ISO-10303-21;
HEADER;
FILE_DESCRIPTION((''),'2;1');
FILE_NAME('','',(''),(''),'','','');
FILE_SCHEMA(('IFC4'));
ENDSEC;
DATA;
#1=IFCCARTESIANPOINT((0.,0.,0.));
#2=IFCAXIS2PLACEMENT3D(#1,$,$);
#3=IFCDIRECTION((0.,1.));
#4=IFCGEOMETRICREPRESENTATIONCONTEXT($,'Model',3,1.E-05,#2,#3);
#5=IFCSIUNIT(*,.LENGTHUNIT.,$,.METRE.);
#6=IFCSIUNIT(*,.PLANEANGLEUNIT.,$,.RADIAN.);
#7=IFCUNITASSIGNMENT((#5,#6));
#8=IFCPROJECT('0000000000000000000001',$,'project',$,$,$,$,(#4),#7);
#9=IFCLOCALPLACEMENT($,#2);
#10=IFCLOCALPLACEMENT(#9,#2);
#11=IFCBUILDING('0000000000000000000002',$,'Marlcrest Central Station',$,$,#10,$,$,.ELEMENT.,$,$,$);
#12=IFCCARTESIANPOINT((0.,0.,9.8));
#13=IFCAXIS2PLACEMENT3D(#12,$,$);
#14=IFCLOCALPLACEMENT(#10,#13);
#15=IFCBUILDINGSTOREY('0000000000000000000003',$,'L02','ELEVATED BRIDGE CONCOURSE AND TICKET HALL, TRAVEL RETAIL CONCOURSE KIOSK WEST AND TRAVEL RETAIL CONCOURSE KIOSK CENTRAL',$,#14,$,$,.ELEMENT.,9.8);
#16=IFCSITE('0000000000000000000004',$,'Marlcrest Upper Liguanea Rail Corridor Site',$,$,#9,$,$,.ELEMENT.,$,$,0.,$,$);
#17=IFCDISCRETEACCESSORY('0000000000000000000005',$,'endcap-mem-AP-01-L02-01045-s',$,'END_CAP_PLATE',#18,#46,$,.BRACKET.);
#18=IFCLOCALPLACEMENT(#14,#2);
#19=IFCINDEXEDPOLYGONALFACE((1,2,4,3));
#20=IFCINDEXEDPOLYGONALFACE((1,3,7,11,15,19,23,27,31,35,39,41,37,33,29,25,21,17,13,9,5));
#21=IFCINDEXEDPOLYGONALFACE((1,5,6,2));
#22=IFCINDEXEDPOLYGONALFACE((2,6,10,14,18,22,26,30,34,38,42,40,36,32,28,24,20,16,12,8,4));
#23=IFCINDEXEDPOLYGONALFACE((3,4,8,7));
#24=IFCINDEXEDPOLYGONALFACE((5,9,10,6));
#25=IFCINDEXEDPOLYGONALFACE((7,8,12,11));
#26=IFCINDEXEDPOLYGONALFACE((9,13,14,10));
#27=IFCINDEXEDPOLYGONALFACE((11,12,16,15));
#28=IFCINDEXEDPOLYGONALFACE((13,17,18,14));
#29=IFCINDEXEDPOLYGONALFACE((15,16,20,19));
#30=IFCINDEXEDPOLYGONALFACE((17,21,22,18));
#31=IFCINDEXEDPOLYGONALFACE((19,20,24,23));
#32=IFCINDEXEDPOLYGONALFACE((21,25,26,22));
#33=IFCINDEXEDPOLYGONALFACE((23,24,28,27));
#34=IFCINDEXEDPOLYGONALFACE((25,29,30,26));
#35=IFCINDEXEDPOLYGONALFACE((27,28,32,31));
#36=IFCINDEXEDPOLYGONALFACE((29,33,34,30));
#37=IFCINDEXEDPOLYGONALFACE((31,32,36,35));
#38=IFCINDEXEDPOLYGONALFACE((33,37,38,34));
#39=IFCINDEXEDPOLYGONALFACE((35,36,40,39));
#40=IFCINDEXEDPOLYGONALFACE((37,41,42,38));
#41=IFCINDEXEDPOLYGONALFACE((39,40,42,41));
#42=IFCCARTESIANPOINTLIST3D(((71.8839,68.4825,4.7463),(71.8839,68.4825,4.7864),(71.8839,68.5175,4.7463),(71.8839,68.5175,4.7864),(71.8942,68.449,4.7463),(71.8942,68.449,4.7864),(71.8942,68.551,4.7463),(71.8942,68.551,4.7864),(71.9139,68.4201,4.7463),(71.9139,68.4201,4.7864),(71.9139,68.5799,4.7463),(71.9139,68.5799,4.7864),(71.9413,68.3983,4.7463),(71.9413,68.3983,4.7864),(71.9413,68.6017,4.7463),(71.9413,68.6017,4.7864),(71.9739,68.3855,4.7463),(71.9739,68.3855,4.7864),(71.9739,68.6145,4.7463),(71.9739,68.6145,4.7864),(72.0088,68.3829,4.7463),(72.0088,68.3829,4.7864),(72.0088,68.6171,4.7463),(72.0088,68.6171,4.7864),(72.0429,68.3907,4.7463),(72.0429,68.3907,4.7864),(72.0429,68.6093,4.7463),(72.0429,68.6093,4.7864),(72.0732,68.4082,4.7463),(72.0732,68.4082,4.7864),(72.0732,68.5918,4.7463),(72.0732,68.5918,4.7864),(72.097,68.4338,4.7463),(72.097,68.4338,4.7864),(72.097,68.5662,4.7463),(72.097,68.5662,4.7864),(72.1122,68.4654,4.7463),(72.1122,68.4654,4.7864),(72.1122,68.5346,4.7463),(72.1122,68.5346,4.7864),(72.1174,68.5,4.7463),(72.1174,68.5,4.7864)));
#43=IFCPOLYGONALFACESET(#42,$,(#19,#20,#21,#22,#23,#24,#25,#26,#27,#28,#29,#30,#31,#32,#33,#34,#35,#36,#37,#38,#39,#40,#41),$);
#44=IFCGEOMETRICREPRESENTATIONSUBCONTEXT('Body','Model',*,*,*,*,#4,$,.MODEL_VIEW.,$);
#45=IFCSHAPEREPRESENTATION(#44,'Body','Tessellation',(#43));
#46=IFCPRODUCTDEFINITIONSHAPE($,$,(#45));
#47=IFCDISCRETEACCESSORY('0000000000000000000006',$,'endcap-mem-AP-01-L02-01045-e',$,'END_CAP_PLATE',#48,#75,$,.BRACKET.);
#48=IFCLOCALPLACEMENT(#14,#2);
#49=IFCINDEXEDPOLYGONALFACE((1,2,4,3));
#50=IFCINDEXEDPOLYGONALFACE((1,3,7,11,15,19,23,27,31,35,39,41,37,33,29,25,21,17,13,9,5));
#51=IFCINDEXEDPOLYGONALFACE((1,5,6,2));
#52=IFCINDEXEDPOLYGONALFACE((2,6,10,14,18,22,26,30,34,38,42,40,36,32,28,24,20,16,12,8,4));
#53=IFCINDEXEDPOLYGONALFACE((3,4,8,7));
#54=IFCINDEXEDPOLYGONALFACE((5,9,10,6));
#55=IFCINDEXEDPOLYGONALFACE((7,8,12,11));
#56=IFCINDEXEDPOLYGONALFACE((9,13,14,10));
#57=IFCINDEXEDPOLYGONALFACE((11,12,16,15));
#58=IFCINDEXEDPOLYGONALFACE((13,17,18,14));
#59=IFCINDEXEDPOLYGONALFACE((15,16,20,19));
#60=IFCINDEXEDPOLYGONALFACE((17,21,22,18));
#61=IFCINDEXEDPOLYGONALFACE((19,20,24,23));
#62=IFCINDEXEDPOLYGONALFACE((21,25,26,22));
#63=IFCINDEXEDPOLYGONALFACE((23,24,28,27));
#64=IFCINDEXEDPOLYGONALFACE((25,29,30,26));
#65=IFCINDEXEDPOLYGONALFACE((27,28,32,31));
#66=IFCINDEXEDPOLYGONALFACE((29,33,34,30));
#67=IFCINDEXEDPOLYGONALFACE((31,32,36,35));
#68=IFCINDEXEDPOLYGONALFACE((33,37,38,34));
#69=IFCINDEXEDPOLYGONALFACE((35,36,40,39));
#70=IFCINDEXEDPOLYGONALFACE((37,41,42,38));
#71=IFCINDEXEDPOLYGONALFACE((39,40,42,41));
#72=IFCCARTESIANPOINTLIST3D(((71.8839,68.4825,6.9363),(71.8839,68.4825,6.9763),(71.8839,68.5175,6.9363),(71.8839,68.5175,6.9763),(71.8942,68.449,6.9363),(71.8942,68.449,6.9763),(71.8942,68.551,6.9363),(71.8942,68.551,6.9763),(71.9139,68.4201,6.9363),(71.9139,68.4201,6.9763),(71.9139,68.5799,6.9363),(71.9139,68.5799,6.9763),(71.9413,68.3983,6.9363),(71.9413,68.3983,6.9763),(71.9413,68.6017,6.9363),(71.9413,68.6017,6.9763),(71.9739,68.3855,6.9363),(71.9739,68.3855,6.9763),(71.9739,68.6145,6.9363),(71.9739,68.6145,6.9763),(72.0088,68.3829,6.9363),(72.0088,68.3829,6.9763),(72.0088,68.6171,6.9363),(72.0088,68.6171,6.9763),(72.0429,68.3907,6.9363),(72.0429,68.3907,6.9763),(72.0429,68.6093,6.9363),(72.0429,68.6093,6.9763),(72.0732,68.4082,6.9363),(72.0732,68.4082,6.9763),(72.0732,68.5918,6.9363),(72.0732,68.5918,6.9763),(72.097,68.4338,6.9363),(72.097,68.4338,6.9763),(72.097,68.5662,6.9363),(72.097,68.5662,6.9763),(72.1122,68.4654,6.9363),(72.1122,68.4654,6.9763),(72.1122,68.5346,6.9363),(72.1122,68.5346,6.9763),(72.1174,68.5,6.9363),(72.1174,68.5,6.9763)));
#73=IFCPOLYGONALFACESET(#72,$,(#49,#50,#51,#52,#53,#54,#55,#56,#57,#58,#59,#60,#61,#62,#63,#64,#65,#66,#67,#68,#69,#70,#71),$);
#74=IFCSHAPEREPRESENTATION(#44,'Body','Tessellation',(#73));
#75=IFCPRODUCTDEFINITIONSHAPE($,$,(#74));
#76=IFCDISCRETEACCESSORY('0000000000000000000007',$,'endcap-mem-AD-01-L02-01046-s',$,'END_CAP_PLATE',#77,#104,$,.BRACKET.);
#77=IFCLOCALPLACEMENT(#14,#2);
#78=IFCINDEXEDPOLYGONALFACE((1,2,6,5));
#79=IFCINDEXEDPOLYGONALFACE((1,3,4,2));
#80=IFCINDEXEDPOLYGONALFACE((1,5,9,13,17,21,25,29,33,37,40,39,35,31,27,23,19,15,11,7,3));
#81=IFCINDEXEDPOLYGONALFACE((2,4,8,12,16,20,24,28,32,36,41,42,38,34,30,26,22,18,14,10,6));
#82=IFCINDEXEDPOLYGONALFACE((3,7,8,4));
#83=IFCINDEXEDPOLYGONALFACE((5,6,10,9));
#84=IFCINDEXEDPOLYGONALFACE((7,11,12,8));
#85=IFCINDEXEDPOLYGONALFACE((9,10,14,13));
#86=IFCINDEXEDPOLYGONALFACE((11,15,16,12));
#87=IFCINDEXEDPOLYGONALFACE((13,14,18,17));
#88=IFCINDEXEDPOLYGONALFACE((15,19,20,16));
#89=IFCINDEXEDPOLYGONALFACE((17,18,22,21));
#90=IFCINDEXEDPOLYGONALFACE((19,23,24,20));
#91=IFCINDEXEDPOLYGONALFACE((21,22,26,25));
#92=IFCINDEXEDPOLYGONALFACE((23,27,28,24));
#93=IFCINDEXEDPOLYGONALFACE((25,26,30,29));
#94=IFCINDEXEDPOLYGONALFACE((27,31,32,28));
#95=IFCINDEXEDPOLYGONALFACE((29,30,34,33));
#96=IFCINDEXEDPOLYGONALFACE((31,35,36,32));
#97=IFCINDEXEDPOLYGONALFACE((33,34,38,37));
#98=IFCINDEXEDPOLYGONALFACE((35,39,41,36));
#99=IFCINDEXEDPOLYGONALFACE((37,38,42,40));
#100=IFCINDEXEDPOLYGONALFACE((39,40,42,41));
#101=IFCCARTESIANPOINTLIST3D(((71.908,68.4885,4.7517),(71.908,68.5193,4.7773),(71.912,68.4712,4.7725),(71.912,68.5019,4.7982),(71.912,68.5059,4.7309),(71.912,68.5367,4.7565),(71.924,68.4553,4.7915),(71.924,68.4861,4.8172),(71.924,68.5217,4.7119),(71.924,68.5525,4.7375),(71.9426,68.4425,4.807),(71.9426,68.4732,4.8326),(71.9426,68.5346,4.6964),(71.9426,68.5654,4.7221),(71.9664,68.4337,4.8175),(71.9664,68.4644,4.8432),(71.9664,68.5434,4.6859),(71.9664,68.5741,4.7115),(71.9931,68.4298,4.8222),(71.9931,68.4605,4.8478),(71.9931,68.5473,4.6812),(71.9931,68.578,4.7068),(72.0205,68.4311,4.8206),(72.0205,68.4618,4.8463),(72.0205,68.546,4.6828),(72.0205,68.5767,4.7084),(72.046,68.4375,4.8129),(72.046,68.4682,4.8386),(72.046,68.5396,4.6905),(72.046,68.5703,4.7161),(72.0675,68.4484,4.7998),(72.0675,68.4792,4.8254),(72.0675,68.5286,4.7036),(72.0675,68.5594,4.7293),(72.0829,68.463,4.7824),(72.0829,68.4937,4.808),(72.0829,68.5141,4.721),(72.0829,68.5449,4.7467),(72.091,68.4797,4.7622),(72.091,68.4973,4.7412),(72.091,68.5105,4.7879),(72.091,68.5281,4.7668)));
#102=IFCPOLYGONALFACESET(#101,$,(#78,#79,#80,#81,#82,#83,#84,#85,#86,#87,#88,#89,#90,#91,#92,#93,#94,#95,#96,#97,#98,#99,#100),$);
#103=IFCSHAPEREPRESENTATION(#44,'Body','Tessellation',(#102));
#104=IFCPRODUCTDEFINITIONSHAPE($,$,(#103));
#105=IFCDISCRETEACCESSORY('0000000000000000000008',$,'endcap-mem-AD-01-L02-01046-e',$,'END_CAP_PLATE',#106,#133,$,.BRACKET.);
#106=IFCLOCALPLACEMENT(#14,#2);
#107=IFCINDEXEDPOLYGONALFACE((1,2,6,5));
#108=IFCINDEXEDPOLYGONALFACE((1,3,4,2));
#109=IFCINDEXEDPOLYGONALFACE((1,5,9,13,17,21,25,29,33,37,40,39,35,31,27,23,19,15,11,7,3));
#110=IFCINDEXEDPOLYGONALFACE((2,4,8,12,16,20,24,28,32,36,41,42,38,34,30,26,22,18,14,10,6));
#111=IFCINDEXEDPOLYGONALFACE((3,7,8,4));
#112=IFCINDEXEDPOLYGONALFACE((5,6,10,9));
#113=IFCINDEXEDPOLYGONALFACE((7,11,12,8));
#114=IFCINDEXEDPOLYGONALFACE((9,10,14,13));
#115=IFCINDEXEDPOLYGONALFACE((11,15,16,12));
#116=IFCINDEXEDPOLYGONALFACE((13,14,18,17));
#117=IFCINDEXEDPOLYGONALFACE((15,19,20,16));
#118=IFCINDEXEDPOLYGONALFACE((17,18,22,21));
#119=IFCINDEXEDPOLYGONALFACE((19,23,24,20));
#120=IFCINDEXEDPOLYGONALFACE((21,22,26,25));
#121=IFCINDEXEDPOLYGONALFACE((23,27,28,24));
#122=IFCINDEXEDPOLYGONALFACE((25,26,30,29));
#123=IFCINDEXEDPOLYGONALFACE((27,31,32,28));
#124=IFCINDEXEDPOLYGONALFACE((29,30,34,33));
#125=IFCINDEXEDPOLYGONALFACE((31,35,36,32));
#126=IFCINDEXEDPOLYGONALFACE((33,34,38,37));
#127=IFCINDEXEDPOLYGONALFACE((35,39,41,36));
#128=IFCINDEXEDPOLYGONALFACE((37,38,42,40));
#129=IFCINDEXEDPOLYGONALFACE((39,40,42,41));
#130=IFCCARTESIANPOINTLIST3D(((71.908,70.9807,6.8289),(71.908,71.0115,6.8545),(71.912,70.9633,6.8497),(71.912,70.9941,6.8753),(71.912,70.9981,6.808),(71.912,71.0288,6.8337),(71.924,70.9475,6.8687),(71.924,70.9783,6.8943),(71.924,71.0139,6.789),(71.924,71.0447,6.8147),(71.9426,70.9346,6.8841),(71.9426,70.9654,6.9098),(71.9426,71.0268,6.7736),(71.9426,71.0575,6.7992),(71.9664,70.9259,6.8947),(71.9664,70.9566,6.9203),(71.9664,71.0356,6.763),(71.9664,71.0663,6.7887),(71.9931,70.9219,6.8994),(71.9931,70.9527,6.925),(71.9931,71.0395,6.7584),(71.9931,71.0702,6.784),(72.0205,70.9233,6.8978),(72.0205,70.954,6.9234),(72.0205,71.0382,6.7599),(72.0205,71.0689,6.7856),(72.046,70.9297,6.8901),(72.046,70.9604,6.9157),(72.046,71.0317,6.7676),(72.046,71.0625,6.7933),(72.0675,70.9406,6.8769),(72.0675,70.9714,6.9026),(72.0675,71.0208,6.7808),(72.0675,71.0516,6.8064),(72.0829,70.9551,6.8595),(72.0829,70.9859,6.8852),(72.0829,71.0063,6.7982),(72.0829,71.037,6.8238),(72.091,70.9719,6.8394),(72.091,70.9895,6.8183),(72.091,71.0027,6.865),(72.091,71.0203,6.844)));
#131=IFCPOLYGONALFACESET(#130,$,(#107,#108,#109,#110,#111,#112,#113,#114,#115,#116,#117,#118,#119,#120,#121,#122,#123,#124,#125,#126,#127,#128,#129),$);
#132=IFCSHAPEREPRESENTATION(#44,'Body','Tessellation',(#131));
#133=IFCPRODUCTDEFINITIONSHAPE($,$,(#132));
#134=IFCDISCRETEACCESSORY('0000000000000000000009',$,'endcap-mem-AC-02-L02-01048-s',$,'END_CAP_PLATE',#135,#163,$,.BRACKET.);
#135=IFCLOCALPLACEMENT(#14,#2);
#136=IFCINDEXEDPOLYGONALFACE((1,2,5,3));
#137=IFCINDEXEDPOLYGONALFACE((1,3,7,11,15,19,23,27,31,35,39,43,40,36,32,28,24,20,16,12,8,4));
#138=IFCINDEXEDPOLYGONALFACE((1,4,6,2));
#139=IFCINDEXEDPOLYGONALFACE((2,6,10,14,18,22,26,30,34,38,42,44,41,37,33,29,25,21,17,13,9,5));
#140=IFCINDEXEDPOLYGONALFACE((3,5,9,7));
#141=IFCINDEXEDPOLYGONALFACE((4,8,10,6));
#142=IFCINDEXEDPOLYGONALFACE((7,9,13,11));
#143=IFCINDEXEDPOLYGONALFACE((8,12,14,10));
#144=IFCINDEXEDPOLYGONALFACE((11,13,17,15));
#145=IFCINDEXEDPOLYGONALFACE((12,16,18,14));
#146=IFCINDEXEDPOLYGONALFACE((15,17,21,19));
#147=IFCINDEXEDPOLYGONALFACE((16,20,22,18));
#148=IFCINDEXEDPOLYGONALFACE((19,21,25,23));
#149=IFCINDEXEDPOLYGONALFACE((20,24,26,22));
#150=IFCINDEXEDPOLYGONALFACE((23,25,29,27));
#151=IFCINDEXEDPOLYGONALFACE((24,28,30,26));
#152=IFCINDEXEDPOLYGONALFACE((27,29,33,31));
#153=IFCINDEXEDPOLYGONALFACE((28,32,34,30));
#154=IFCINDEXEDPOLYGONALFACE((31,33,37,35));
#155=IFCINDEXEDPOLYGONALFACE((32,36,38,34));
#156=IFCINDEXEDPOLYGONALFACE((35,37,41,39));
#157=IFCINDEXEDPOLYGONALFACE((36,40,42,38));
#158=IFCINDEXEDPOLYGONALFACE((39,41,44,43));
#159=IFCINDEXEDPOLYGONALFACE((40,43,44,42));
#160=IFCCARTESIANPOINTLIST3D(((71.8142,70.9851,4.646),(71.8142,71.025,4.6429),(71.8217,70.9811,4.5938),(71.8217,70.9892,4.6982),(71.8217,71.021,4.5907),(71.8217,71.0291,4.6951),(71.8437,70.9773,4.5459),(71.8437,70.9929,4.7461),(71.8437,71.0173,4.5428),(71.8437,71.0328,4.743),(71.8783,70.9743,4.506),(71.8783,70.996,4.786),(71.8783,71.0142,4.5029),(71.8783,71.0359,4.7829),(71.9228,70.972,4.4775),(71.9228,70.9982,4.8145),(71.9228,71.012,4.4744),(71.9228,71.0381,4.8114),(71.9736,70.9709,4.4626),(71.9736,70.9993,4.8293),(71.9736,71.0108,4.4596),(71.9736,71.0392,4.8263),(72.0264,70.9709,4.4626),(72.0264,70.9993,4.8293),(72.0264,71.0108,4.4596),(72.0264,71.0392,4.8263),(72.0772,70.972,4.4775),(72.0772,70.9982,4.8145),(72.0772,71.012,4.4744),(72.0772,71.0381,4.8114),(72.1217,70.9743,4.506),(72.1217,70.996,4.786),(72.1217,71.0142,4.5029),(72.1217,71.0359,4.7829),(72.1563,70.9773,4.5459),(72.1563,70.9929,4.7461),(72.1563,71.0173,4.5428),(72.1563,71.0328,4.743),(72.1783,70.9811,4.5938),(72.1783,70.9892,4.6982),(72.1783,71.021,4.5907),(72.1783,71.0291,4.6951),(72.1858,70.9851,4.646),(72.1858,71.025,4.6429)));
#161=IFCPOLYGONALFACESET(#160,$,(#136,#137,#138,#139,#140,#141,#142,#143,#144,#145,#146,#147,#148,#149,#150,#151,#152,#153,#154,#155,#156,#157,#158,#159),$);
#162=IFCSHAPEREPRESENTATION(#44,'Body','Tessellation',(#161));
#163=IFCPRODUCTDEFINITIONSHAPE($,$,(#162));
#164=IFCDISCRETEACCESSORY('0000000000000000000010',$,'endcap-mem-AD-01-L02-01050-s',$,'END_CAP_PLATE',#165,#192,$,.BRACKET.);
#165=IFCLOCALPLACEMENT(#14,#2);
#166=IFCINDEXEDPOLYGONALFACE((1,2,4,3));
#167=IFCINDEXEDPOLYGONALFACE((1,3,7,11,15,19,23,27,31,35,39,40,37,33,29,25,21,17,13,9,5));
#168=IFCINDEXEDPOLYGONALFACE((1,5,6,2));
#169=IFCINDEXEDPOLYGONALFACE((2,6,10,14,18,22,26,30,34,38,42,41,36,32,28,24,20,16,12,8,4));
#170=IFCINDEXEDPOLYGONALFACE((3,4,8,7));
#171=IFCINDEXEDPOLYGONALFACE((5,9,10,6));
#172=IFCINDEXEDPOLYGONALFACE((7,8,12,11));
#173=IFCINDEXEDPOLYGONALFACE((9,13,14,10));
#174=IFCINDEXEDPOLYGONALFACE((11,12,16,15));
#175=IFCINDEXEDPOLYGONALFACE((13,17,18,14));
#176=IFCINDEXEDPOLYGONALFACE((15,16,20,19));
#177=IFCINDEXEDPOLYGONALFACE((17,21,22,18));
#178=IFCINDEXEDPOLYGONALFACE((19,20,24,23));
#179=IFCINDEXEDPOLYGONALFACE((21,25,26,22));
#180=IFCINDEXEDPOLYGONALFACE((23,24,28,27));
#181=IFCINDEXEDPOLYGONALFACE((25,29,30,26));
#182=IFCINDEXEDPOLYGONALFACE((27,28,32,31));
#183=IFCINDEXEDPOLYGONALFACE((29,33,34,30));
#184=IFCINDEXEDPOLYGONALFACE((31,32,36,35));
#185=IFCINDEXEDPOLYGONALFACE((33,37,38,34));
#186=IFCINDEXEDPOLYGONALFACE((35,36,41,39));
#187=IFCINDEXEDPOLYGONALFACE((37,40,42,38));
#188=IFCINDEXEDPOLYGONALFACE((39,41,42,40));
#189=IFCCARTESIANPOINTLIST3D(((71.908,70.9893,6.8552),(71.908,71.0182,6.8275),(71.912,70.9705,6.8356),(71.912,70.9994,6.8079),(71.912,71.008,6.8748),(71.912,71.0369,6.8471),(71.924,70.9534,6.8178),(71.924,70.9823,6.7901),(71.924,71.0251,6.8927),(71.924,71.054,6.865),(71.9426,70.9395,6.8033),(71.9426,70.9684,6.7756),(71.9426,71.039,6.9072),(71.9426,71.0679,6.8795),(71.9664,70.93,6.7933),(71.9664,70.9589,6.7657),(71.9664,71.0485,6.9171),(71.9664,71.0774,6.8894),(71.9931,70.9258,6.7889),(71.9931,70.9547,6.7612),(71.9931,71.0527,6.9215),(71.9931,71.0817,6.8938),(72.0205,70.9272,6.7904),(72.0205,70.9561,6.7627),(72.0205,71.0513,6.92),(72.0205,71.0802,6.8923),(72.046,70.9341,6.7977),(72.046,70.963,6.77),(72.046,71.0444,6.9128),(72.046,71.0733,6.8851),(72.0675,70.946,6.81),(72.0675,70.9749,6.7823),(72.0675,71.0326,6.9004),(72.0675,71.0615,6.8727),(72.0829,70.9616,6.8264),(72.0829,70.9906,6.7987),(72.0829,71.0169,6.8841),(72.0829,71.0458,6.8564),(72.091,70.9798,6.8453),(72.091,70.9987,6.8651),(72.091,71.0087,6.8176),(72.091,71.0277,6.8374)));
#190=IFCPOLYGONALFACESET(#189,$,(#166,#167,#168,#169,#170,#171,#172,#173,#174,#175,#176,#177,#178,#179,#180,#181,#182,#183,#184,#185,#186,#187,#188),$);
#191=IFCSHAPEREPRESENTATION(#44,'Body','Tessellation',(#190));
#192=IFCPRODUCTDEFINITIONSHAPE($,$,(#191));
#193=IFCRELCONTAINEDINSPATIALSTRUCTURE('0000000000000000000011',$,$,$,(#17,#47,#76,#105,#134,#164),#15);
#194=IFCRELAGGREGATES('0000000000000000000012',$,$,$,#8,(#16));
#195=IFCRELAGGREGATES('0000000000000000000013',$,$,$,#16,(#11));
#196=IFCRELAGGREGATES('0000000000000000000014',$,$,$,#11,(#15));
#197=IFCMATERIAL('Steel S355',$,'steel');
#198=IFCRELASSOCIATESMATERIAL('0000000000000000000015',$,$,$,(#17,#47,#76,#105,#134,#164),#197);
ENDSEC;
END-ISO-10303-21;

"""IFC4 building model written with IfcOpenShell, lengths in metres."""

from ifc_helpers import new_model, si_unit, direction, frame, origin, origin_2d, place, context, subcontext, project, spatial, circle, extrude, material, element, save


model = new_model("IFC4")

# Units and contexts
model_context = context("Model", 3, precision=1e-05, world=origin(), true_north=direction((0.0, 1.0)))
body_context = subcontext(model_context, "Body", "Model", "MODEL_VIEW")
ifc_project = project(units=[si_unit("LENGTHUNIT", "METRE"), si_unit("PLANEANGLEUNIT", "RADIAN")], contexts=[model_context])

# Site, building, storey
site_placement = place(None, origin())
site = spatial("IfcSite", under=ifc_project, at=site_placement, Name="Marlcrest Upper Liguanea Rail Corridor Site", CompositionType="ELEMENT", RefElevation=0.0)
building_placement = place(site_placement, origin())
building = spatial("IfcBuilding", under=site, at=building_placement, Name="Marlcrest Central Station", CompositionType="ELEMENT")
storey_placement = place(building_placement, frame((0.0, 0.0, 9.8)))
storey = spatial("IfcBuildingStorey", under=building, at=storey_placement, Name="L02", Description="ELEVATED BRIDGE CONCOURSE AND TICKET HALL, TRAVEL RETAIL CONCOURSE KIOSK WEST AND TRAVEL RETAIL CONCOURSE KIOSK CENTRAL", CompositionType="ELEMENT", Elevation=9.8)

# Shared definitions
ifc_material_1 = material(Name="Steel S355", Category="steel")

# Discrete accessories
for number, where, z_axis, x_axis, name in (
    (1, (72.0, 68.5, 4.7463), (0.0, 0.0, 1.0), (1.0, 0.0, 0.0), "endcap-mem-AP-01-L02-01045-s"),
    (2, (72.0, 68.5, 6.9363), (0.0, 0.0, 1.0), (1.0, 0.0, 0.0), "endcap-mem-AP-01-L02-01045-e"),
):
    element("IfcDiscreteAccessory", number, at=place(storey_placement, frame(where, z_axis=z_axis, x_axis=x_axis)), inside=storey, material=ifc_material_1, Name=name, ObjectType="END_CAP_PLATE", PredefinedType="BRACKET", context=body_context, shape_type="SweptSolid", body=[
        extrude(circle(Radius=0.1174, at=origin_2d()), origin(), (0.0, 0.0, 1.0), 0.04),
    ])
for number, where, z_axis, x_axis, name in (
    (3, (72.0, 68.4885, 4.7517), (0.0, 0.76816, 0.640258), (-1.0, 0.0, 0.0), "endcap-mem-AD-01-L02-01046-s"),
    (4, (72.0, 70.9807, 6.8289), (0.0, 0.76816, 0.640258), (-1.0, 0.0, 0.0), "endcap-mem-AD-01-L02-01046-e"),
):
    element("IfcDiscreteAccessory", number, at=place(storey_placement, frame(where, z_axis=z_axis, x_axis=x_axis)), inside=storey, material=ifc_material_1, Name=name, ObjectType="END_CAP_PLATE", PredefinedType="BRACKET", context=body_context, shape_type="SweptSolid", body=[
        extrude(circle(Radius=0.092, at=origin_2d()), origin(), (0.0, 0.0, 1.0), 0.04),
    ])
discrete_accessory_1_placement = place(storey_placement, frame((72.0, 70.9851, 4.646), z_axis=(0.0, 0.997007, -0.077307), x_axis=(-1.0, 0.0, 0.0)))
element("IfcDiscreteAccessory", 5, at=discrete_accessory_1_placement, inside=storey, material=ifc_material_1, Name="endcap-mem-AC-02-L02-01048-s", ObjectType="END_CAP_PLATE", PredefinedType="BRACKET", context=body_context, shape_type="SweptSolid", body=[
    extrude(circle(Radius=0.1858, at=origin_2d()), origin(), (0.0, 0.0, 1.0), 0.04),
])
discrete_accessory_2_placement = place(storey_placement, frame((72.0, 70.9893, 6.8552), z_axis=(0.0, 0.722247, -0.691636), x_axis=(-1.0, 0.0, 0.0)))
element("IfcDiscreteAccessory", 6, at=discrete_accessory_2_placement, inside=storey, material=ifc_material_1, Name="endcap-mem-AD-01-L02-01050-s", ObjectType="END_CAP_PLATE", PredefinedType="BRACKET", context=body_context, shape_type="SweptSolid", body=[
    extrude(circle(Radius=0.092, at=origin_2d()), origin(), (0.0, 0.0, 1.0), 0.04),
])

save(model, "model.ifc")
